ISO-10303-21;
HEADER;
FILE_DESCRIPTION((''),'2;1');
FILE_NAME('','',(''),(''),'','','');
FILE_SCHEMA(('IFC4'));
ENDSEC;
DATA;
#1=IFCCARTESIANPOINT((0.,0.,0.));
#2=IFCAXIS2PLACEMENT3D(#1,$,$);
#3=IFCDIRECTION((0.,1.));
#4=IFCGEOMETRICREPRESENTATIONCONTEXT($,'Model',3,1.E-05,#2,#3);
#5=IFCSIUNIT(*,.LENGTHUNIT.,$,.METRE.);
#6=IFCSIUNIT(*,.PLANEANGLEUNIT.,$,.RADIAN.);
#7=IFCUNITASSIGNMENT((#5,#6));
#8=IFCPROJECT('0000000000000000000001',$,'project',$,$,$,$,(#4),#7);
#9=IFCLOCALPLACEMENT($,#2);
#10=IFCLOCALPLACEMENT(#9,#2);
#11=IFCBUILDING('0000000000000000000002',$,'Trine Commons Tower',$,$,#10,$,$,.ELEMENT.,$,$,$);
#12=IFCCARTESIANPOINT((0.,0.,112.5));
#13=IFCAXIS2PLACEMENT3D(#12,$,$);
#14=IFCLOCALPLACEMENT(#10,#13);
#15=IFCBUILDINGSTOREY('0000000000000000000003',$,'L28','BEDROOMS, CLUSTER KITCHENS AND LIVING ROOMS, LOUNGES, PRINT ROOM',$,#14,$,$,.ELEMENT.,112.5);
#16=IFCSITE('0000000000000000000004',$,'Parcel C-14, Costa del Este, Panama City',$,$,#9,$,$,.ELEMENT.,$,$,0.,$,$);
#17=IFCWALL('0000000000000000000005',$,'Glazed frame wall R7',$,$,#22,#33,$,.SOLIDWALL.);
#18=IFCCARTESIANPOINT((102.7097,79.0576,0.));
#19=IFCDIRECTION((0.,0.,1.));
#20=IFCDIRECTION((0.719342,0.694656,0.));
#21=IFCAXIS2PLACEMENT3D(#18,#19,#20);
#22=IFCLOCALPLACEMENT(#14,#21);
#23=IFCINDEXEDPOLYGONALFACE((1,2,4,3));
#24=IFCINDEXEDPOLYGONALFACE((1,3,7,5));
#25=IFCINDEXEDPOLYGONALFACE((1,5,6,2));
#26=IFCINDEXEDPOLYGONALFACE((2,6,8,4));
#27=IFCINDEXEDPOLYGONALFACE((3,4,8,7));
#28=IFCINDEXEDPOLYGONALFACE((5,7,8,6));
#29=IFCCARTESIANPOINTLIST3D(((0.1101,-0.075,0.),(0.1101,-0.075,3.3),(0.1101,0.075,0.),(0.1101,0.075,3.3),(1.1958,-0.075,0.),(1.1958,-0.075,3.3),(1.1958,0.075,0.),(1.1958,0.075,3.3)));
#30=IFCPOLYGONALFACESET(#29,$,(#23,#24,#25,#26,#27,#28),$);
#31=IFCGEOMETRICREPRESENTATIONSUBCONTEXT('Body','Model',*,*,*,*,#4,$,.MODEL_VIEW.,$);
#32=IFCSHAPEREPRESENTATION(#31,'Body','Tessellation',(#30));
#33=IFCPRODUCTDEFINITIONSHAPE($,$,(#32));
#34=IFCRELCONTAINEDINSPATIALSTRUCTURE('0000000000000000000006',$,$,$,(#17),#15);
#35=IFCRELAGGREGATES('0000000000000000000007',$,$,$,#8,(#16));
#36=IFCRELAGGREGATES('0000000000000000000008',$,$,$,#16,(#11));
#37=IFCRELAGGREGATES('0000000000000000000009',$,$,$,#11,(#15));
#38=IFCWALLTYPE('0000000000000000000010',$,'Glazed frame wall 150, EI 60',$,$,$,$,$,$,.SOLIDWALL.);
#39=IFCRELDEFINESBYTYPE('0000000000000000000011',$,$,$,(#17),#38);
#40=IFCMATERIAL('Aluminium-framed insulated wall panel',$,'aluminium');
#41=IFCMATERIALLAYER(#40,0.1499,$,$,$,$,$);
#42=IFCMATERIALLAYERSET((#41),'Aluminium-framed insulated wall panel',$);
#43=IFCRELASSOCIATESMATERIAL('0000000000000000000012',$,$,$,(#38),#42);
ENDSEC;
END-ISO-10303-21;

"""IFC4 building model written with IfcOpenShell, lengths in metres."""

from ifc_helpers import new_model, si_unit, direction, frame, origin, place, context, subcontext, project, spatial, polyline, outline, extrude, material, layer, layer_set, type_object, element, save


model = new_model("IFC4")

# Units and contexts
model_context = context("Model", 3, precision=1e-05, world=origin(), true_north=direction((0.0, 1.0)))
body_context = subcontext(model_context, "Body", "Model", "MODEL_VIEW")
ifc_project = project(units=[si_unit("LENGTHUNIT", "METRE"), si_unit("PLANEANGLEUNIT", "RADIAN")], contexts=[model_context])

# Site, building, storey
site_placement = place(None, origin())
site = spatial("IfcSite", under=ifc_project, at=site_placement, Name="Parcel C-14, Costa del Este, Panama City", CompositionType="ELEMENT", RefElevation=0.0)
building_placement = place(site_placement, origin())
building = spatial("IfcBuilding", under=site, at=building_placement, Name="Trine Commons Tower", CompositionType="ELEMENT")
storey_placement = place(building_placement, frame((0.0, 0.0, 112.5)))
storey = spatial("IfcBuildingStorey", under=building, at=storey_placement, Name="L28", Description="BEDROOMS, CLUSTER KITCHENS AND LIVING ROOMS, LOUNGES, PRINT ROOM", CompositionType="ELEMENT", Elevation=112.5)

# Wall
ifc_material_1 = material(Name="Aluminium-framed insulated wall panel", Category="aluminium")
ifc_layer_1 = layer(ifc_material_1, 0.1499)
ifc_layer_set_1 = layer_set([ifc_layer_1], Name="Aluminium-framed insulated wall panel")
wall_type_1 = type_object("IfcWallType", Name="Glazed frame wall 150, EI 60", PredefinedType="SOLIDWALL", material=ifc_layer_set_1)
wall_1_placement = place(storey_placement, frame((102.7097, 79.0576, 0.0), z_axis=(0.0, 0.0, 1.0), x_axis=(0.719342, 0.694656, 0.0)))
element("IfcWall", 1, at=wall_1_placement, inside=storey, type_object=wall_type_1, Name="Glazed frame wall R7", PredefinedType="SOLIDWALL", context=body_context, shape_type="SweptSolid", body=[
    extrude(outline(polyline([(0.1101, 0.075), (0.1101, -0.075), (1.1958, -0.075), (1.1958, 0.075), (0.1101, 0.075)])), origin(), (0.0, 0.0, 1.0), 3.3),
])

save(model, "model.ifc")
